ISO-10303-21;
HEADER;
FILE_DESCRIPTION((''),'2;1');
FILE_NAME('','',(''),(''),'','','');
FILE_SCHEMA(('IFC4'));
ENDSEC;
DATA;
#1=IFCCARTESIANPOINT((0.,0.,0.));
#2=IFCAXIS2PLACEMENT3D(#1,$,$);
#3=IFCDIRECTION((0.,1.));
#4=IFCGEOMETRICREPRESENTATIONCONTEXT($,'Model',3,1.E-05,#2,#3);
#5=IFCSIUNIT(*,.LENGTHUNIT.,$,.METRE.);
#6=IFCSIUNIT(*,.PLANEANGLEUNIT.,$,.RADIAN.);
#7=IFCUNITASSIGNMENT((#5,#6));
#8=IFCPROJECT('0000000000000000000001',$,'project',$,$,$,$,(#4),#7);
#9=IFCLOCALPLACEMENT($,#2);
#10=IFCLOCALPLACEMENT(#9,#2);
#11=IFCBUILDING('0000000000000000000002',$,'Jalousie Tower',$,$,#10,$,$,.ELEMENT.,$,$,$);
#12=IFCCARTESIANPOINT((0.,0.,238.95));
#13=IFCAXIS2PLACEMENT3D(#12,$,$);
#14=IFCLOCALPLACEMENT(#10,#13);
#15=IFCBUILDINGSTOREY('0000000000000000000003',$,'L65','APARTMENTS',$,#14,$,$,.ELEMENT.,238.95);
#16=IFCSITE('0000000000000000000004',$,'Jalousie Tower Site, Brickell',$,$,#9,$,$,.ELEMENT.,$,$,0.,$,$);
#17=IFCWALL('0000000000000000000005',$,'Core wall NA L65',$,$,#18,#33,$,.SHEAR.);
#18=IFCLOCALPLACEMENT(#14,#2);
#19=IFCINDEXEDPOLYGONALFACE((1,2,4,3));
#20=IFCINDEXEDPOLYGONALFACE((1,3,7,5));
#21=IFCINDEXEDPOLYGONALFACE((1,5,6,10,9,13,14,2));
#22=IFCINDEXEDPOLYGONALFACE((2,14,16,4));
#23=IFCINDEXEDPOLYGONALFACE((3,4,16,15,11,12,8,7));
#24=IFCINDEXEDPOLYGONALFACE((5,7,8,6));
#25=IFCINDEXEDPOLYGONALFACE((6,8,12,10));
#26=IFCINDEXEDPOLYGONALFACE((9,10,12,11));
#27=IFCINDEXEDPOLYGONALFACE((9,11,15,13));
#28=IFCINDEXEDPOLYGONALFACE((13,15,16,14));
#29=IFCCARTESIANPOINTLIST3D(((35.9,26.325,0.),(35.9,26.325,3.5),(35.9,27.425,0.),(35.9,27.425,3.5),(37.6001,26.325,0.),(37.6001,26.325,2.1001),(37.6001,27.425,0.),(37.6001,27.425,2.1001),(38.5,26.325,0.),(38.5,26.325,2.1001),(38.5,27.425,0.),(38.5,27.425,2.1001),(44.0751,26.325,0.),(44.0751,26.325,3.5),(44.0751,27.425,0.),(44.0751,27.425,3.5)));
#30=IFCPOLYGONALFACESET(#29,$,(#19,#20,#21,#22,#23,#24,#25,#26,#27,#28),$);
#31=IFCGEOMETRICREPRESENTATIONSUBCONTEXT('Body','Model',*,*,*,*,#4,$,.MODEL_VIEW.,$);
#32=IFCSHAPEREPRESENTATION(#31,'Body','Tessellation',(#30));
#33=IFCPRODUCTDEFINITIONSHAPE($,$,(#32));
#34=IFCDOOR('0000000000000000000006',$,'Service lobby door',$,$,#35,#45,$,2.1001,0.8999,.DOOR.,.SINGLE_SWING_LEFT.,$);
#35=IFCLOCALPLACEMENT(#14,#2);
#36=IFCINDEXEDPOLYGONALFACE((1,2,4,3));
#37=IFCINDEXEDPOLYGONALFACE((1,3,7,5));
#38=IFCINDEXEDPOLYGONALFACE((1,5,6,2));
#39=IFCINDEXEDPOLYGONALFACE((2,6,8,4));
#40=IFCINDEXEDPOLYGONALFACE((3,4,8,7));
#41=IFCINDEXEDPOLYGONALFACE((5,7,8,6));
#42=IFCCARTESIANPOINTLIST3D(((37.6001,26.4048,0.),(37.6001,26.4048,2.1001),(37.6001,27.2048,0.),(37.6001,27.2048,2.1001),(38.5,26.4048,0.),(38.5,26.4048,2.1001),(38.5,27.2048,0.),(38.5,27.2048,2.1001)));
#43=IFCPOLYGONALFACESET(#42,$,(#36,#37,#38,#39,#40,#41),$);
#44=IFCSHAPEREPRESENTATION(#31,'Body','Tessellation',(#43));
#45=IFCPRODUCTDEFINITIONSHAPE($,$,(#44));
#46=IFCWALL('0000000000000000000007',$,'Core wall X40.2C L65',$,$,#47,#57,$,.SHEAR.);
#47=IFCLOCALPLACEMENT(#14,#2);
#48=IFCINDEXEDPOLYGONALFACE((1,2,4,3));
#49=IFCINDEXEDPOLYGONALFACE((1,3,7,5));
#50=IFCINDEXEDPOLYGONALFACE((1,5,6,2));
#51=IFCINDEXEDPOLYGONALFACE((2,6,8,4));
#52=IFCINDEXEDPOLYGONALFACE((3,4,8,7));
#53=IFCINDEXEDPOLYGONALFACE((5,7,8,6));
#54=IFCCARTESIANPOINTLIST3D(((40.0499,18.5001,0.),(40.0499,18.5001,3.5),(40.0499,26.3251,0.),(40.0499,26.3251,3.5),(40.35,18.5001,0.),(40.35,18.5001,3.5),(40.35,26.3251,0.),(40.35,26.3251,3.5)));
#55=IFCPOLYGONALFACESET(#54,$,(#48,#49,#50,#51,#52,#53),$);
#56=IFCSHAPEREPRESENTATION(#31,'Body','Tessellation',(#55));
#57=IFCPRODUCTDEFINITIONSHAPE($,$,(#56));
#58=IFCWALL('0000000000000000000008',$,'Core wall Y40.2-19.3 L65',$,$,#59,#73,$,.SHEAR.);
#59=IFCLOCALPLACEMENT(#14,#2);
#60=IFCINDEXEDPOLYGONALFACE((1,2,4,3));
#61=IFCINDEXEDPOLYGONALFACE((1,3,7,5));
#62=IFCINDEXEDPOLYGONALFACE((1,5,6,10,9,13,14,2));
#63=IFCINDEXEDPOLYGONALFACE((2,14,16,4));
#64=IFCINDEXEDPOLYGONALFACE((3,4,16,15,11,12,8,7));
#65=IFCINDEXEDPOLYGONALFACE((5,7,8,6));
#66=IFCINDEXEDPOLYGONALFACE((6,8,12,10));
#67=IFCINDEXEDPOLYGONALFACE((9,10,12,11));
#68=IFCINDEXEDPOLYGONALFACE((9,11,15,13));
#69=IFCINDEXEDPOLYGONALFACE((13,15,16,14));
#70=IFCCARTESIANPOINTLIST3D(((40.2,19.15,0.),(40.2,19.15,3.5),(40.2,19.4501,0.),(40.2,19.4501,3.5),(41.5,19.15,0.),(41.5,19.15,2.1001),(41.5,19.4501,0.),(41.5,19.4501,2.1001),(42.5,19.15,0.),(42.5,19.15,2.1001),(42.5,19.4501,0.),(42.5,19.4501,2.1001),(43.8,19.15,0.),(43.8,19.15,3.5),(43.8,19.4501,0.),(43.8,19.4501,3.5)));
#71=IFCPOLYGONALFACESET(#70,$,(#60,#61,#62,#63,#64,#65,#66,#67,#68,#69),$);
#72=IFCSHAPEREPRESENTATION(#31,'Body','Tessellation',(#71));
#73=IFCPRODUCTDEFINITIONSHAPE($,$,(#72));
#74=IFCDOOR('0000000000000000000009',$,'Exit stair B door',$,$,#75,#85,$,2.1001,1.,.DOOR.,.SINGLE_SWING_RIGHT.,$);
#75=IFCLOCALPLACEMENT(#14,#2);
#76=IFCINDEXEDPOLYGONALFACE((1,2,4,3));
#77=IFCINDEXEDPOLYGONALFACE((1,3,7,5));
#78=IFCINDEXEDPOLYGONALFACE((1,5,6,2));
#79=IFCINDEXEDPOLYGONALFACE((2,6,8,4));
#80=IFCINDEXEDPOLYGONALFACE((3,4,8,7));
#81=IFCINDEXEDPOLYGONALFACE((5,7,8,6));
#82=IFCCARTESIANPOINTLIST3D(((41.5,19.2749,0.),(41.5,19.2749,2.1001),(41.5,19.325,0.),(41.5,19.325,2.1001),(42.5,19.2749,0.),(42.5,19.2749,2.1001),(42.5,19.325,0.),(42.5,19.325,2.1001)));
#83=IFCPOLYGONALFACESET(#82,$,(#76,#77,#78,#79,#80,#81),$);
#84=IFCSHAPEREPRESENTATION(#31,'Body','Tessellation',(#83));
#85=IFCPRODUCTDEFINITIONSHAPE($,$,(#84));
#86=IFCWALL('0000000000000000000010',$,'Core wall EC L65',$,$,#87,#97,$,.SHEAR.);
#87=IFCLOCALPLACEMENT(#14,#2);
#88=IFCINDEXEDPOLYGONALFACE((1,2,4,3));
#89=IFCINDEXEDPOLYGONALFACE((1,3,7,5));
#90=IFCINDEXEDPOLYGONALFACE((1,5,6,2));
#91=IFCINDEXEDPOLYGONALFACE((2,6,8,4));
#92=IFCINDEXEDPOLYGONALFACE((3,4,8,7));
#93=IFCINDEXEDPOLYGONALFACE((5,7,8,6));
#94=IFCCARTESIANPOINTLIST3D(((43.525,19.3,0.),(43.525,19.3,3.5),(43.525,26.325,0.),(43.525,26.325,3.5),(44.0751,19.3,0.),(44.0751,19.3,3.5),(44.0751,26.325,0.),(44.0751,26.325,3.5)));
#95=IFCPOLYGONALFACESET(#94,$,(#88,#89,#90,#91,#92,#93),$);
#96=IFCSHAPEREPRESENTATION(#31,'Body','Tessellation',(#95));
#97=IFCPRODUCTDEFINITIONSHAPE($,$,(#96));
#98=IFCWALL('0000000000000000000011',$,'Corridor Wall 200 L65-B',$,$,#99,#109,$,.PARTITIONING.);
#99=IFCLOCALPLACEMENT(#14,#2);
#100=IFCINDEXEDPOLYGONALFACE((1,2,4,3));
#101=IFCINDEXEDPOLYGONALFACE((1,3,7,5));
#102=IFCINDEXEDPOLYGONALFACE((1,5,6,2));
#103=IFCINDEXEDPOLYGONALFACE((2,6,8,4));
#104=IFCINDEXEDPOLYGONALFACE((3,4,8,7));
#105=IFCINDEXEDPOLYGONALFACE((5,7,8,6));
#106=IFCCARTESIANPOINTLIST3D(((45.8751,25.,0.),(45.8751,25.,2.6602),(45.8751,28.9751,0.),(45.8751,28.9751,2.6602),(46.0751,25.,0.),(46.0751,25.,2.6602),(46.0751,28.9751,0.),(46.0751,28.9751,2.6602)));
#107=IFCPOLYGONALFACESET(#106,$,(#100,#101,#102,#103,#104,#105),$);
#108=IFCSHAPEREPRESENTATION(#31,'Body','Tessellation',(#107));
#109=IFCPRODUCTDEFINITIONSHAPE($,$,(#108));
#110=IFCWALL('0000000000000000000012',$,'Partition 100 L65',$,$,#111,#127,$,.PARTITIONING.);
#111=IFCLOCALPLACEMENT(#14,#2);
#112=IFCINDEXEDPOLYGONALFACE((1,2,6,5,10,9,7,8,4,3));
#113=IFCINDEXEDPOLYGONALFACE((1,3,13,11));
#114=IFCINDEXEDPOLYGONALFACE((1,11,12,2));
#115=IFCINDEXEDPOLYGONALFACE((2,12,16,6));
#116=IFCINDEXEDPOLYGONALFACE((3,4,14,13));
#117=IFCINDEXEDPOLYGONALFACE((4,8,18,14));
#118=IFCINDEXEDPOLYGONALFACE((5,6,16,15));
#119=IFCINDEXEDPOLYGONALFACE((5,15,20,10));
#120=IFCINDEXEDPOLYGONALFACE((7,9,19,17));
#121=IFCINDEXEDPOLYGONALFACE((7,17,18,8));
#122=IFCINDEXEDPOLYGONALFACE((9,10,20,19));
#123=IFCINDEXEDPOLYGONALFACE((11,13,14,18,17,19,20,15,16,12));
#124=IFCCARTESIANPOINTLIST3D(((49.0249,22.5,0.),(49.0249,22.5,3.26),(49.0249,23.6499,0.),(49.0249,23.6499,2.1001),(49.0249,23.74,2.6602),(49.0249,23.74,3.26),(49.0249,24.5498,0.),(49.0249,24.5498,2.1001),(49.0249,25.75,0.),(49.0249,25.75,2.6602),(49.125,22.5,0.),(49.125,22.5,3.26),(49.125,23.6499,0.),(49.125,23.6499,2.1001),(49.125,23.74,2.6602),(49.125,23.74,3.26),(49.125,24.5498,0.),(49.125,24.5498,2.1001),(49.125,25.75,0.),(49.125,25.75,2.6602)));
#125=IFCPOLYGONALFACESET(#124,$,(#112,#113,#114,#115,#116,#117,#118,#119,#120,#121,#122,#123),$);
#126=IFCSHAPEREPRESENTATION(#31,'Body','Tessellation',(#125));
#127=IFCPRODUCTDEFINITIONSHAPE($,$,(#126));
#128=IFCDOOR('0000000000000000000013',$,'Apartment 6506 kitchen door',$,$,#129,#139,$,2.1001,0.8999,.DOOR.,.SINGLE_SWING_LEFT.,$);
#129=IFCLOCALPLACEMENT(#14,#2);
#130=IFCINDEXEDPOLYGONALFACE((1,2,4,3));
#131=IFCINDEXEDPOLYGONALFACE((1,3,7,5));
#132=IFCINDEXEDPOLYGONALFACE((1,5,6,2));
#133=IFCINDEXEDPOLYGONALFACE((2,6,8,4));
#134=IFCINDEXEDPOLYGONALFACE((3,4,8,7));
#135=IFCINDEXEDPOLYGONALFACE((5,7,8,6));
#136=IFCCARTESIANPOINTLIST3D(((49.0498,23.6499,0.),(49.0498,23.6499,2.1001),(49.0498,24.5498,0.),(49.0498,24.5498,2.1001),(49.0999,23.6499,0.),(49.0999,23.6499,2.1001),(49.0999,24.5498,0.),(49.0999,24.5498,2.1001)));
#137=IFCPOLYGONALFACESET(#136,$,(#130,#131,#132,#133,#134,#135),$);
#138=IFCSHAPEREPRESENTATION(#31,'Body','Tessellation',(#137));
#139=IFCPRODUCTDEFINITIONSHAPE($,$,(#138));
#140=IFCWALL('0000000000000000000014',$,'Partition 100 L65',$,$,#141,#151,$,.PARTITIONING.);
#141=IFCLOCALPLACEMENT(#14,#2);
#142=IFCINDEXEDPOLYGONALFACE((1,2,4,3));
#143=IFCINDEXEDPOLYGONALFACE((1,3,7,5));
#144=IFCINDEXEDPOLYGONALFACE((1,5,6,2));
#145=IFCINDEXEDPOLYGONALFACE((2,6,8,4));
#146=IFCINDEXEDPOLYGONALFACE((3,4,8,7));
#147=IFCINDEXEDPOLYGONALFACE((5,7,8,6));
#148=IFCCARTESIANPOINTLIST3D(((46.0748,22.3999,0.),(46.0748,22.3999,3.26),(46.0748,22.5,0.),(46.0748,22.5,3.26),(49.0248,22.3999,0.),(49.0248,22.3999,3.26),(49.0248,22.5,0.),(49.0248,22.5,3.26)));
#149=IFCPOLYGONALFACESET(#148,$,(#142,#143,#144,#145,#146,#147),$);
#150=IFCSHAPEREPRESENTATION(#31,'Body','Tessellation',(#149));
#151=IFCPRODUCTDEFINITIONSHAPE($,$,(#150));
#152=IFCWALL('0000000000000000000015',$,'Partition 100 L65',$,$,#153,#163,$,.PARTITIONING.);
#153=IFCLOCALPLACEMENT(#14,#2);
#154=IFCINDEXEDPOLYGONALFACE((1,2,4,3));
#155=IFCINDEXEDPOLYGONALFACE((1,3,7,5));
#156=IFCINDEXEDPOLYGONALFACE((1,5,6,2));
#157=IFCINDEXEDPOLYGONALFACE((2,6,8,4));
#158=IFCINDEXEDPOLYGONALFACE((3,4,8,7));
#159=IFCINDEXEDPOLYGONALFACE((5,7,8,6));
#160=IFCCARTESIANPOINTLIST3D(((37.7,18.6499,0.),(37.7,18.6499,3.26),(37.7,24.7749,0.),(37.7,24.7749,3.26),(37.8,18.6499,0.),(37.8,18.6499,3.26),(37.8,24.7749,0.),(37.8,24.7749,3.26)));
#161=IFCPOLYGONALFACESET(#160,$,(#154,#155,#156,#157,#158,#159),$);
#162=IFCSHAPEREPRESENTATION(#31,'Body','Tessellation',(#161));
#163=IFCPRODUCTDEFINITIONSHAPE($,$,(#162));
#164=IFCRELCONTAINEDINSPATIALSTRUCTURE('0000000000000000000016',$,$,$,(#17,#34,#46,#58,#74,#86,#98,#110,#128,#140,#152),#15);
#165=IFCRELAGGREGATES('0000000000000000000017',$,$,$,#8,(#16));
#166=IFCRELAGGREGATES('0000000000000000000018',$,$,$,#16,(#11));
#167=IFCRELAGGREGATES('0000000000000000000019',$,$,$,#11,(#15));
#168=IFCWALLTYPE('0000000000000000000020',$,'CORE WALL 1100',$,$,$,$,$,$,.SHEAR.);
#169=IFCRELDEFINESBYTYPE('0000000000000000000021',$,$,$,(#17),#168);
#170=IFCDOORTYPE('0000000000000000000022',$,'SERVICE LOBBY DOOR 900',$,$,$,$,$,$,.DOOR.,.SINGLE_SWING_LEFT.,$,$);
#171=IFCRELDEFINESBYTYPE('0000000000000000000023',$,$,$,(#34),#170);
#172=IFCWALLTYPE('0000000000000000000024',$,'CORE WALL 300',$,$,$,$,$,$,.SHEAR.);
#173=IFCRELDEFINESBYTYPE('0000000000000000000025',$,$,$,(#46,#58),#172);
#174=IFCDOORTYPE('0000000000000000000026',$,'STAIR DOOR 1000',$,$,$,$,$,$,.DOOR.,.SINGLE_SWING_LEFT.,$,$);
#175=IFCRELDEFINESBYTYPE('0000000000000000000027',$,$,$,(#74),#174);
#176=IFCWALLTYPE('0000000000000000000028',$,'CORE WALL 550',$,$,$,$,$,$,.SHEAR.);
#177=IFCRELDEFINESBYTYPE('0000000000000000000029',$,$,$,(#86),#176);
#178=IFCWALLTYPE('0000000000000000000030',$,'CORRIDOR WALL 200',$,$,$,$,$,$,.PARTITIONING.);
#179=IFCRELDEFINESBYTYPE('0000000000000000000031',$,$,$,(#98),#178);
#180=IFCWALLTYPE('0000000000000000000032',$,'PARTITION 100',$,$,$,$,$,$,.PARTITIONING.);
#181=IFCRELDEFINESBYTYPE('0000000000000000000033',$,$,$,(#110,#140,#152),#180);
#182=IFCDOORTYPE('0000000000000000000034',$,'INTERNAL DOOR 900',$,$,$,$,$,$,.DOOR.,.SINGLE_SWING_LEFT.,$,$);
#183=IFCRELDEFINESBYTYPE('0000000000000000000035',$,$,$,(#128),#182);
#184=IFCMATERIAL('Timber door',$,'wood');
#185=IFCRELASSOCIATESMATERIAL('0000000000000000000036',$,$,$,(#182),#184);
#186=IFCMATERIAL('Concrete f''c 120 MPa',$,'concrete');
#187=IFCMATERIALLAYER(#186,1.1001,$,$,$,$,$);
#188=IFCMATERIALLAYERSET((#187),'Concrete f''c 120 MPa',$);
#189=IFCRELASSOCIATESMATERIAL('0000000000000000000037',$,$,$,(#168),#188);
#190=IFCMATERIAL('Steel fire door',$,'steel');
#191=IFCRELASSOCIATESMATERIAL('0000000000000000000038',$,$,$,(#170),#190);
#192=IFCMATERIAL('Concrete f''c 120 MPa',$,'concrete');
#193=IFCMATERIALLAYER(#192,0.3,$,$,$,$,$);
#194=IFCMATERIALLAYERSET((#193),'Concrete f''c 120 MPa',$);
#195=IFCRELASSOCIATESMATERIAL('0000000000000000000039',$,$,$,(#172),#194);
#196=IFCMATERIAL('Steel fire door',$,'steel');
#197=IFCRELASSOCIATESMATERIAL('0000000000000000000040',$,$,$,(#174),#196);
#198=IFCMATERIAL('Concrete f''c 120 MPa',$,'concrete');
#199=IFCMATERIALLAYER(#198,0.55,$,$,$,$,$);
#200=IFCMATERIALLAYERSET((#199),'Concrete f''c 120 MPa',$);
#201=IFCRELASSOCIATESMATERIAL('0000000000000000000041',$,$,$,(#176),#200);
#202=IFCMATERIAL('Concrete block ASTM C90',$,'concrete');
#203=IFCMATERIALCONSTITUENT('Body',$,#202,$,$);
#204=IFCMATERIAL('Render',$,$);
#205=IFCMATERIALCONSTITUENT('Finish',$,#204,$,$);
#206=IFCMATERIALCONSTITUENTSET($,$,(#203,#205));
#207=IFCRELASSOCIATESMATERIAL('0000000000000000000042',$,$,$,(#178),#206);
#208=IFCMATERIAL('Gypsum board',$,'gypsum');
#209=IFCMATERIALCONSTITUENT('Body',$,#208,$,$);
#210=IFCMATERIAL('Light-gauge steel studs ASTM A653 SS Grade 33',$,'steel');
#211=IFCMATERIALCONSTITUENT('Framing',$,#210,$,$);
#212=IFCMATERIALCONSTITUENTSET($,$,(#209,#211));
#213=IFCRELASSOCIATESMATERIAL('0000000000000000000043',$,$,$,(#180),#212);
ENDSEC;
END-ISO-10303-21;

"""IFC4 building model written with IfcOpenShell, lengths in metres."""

from ifc_helpers import new_model, si_unit, direction, frame, frame_2d, origin, place, context, subcontext, project, spatial, polyline, rectangle, outline, extrude, material, layer, layer_set, constituent, constituent_set, type_object, element, fill, save


model = new_model("IFC4")

# Units and contexts
model_context = context("Model", 3, precision=1e-05, world=origin(), true_north=direction((0.0, 1.0)))
body_context = subcontext(model_context, "Body", "Model", "MODEL_VIEW")
ifc_project = project(units=[si_unit("LENGTHUNIT", "METRE"), si_unit("PLANEANGLEUNIT", "RADIAN")], contexts=[model_context])

# Site, building, storey
site_placement = place(None, origin())
site = spatial("IfcSite", under=ifc_project, at=site_placement, Name="Jalousie Tower Site, Brickell", CompositionType="ELEMENT", RefElevation=0.0)
building_placement = place(site_placement, origin())
building = spatial("IfcBuilding", under=site, at=building_placement, Name="Jalousie Tower", CompositionType="ELEMENT")
storey_placement = place(building_placement, frame((0.0, 0.0, 238.95)))
storey = spatial("IfcBuildingStorey", under=building, at=storey_placement, Name="L65", Description="APARTMENTS", CompositionType="ELEMENT", Elevation=238.95)

# Shared definitions
ifc_material_1 = material(Name="Timber door", Category="wood")
door_type_1 = type_object("IfcDoorType", Name="INTERNAL DOOR 900", OperationType="SINGLE_SWING_LEFT", PredefinedType="DOOR", material=ifc_material_1)

# Wall, opening, door
ifc_material_2 = material(Name="Concrete f'c 120 MPa", Category="concrete")
ifc_layer_1 = layer(ifc_material_2, 1.1001)
ifc_layer_set_1 = layer_set([ifc_layer_1], Name="Concrete f'c 120 MPa")
wall_type_1 = type_object("IfcWallType", Name="CORE WALL 1100", PredefinedType="SHEAR", material=ifc_layer_set_1)
wall_1_placement = place(storey_placement, frame((44.075, 26.875, 0.0), z_axis=(0.0, 0.0, 1.0), x_axis=(-1.0, 0.0, 0.0)))
wall_1 = element("IfcWall", 1, at=wall_1_placement, inside=storey, type_object=wall_type_1, Name="Core wall NA L65", PredefinedType="SHEAR", context=body_context, shape_type="SweptSolid", body=[
    extrude(rectangle(XDim=8.175, YDim=1.1001, at=frame_2d((4.0874, 0.0))), origin(), (0.0, 0.0, 1.0), 3.5),
])
opening_1_placement = place(wall_1_placement, frame((5.575, 0.0, 0.0)))
opening_1 = element("IfcOpeningElement", 2, at=opening_1_placement, cuts=wall_1, PredefinedType="OPENING", context=body_context, shape_type="SweptSolid", body=[
    extrude(rectangle(XDim=0.8999, YDim=2.1001, at=frame_2d((0.45, 1.05))), frame((0.0, 0.5601, 0.0), z_axis=(0.0, -1.0, 0.0), x_axis=(1.0, 0.0, 0.0)), (0.0, 0.0, 1.0), 1.1201),
])
ifc_material_3 = material(Name="Steel fire door", Category="steel")
door_type_2 = type_object("IfcDoorType", Name="SERVICE LOBBY DOOR 900", OperationType="SINGLE_SWING_LEFT", PredefinedType="DOOR", material=ifc_material_3)
door_1_placement = place(opening_1_placement, origin())
door_1 = element("IfcDoor", 3, at=door_1_placement, inside=storey, type_object=door_type_2, Name="Service lobby door", OperationType="SINGLE_SWING_LEFT", OverallHeight=2.1001, OverallWidth=0.8999, PredefinedType="DOOR", context=body_context, shape_type="SweptSolid", body=[
    extrude(rectangle(XDim=0.8999, YDim=2.1001, at=frame_2d((0.45, 1.05))), frame((0.0, 0.4702, 0.0), z_axis=(0.0, -1.0, 0.0), x_axis=(1.0, 0.0, 0.0)), (0.0, 0.0, 1.0), 0.8),
])
fill(opening_1, door_1)

# Wall
ifc_material_4 = material(Name="Concrete f'c 120 MPa", Category="concrete")
ifc_layer_2 = layer(ifc_material_4, 0.3)
ifc_layer_set_2 = layer_set([ifc_layer_2], Name="Concrete f'c 120 MPa")
wall_type_2 = type_object("IfcWallType", Name="CORE WALL 300", PredefinedType="SHEAR", material=ifc_layer_set_2)
wall_2_placement = place(storey_placement, frame((40.2, 18.5, 0.0), z_axis=(0.0, 0.0, 1.0), x_axis=(0.0, 1.0, 0.0)))
element("IfcWall", 4, at=wall_2_placement, inside=storey, type_object=wall_type_2, Name="Core wall X40.2C L65", PredefinedType="SHEAR", context=body_context, shape_type="SweptSolid", body=[
    extrude(rectangle(XDim=7.825, YDim=0.3, at=frame_2d((3.9126, 0.0))), origin(), (0.0, 0.0, 1.0), 3.5),
])

# Wall, opening, door
wall_3_placement = place(storey_placement, frame((40.2, 19.3, 0.0), z_axis=(0.0, 0.0, 1.0), x_axis=(1.0, 0.0, 0.0)))
wall_3 = element("IfcWall", 5, at=wall_3_placement, inside=storey, type_object=wall_type_2, Name="Core wall Y40.2-19.3 L65", PredefinedType="SHEAR", context=body_context, shape_type="SweptSolid", body=[
    extrude(rectangle(XDim=3.6001, YDim=0.3, at=frame_2d((1.8, 0.0))), origin(), (0.0, 0.0, 1.0), 3.5),
])
opening_2_placement = place(wall_3_placement, frame((1.3, 0.0, 0.0)))
opening_2 = element("IfcOpeningElement", 6, at=opening_2_placement, cuts=wall_3, PredefinedType="OPENING", context=body_context, shape_type="SweptSolid", body=[
    extrude(rectangle(XDim=1.0, YDim=2.1001, at=frame_2d((0.5, 1.05))), frame((0.0, 0.1599, 0.0), z_axis=(0.0, -1.0, 0.0), x_axis=(1.0, 0.0, 0.0)), (0.0, 0.0, 1.0), 0.3201),
])
ifc_material_5 = material(Name="Steel fire door", Category="steel")
door_type_3 = type_object("IfcDoorType", Name="STAIR DOOR 1000", OperationType="SINGLE_SWING_LEFT", PredefinedType="DOOR", material=ifc_material_5)
door_2_placement = place(opening_2_placement, origin())
door_2 = element("IfcDoor", 7, at=door_2_placement, inside=storey, type_object=door_type_3, Name="Exit stair B door", OperationType="SINGLE_SWING_RIGHT", OverallHeight=2.1001, OverallWidth=1.0, PredefinedType="DOOR", context=body_context, shape_type="SweptSolid", body=[
    extrude(rectangle(XDim=1.0, YDim=2.1001, at=frame_2d((0.5, 1.05))), frame((0.0, 0.0249, 0.0), z_axis=(0.0, -1.0, 0.0), x_axis=(1.0, 0.0, 0.0)), (0.0, 0.0, 1.0), 0.05),
])
fill(opening_2, door_2)

# Walls
ifc_material_6 = material(Name="Concrete f'c 120 MPa", Category="concrete")
ifc_layer_3 = layer(ifc_material_6, 0.55)
ifc_layer_set_3 = layer_set([ifc_layer_3], Name="Concrete f'c 120 MPa")
wall_type_3 = type_object("IfcWallType", Name="CORE WALL 550", PredefinedType="SHEAR", material=ifc_layer_set_3)
wall_4_placement = place(storey_placement, frame((43.8, 19.3, 0.0), z_axis=(0.0, 0.0, 1.0), x_axis=(0.0, 1.0, 0.0)))
element("IfcWall", 8, at=wall_4_placement, inside=storey, type_object=wall_type_3, Name="Core wall EC L65", PredefinedType="SHEAR", context=body_context, shape_type="SweptSolid", body=[
    extrude(rectangle(XDim=7.0249, YDim=0.55, at=frame_2d((3.5125, 0.0))), origin(), (0.0, 0.0, 1.0), 3.5),
])
ifc_material_7 = material(Name="Concrete block ASTM C90", Category="concrete")
ifc_constituent_1 = constituent(ifc_material_7, Name="Body")
ifc_material_8 = material(Name="Render")
ifc_constituent_2 = constituent(ifc_material_8, Name="Finish")
ifc_constituent_set_1 = constituent_set(constituents=[ifc_constituent_1, ifc_constituent_2])
wall_type_4 = type_object("IfcWallType", Name="CORRIDOR WALL 200", PredefinedType="PARTITIONING", material=ifc_constituent_set_1)
wall_5_placement = place(storey_placement, frame((45.9751, 25.0, 0.0), z_axis=(0.0, 0.0, 1.0), x_axis=(0.0, 1.0, 0.0)))
element("IfcWall", 9, at=wall_5_placement, inside=storey, type_object=wall_type_4, Name="Corridor Wall 200 L65-B", PredefinedType="PARTITIONING", context=body_context, shape_type="SweptSolid", body=[
    extrude(rectangle(XDim=3.9751, YDim=0.2, at=frame_2d((1.9875, 0.0))), origin(), (0.0, 0.0, 1.0), 2.6602),
])

# Wall, opening, door
ifc_material_9 = material(Name="Gypsum board", Category="gypsum")
ifc_constituent_3 = constituent(ifc_material_9, Name="Body")
ifc_material_10 = material(Name="Light-gauge steel studs ASTM A653 SS Grade 33", Category="steel")
ifc_constituent_4 = constituent(ifc_material_10, Name="Framing")
ifc_constituent_set_2 = constituent_set(constituents=[ifc_constituent_3, ifc_constituent_4])
wall_type_5 = type_object("IfcWallType", Name="PARTITION 100", PredefinedType="PARTITIONING", material=ifc_constituent_set_2)
wall_6_placement = place(storey_placement, frame((49.075, 22.5, 0.0), z_axis=(0.0, 0.0, 1.0), x_axis=(0.0, 1.0, 0.0)))
wall_6 = element("IfcWall", 10, at=wall_6_placement, inside=storey, type_object=wall_type_5, Name="Partition 100 L65", PredefinedType="PARTITIONING", context=body_context, shape_type="SweptSolid", body=[
    extrude(outline(polyline([(0.0, 0.0), (3.25, 0.0), (3.25, 3.26), (3.25, 2.6602), (1.24, 2.6602), (1.24, 3.26), (0.0, 3.26), (0.0, 0.0)])), frame((0.0, 0.05, 0.0), z_axis=(0.0, -1.0, 0.0), x_axis=(1.0, 0.0, 0.0)), (0.0, 0.0, 1.0), 0.1001),
])
opening_3_placement = place(wall_6_placement, frame((1.1499, 0.0, 0.0)))
opening_3 = element("IfcOpeningElement", 11, at=opening_3_placement, cuts=wall_6, PredefinedType="OPENING", context=body_context, shape_type="SweptSolid", body=[
    extrude(rectangle(XDim=0.8999, YDim=2.1001, at=frame_2d((0.45, 1.05))), frame((0.0, 0.0601, 0.0), z_axis=(0.0, -1.0, 0.0), x_axis=(1.0, 0.0, 0.0)), (0.0, 0.0, 1.0), 0.1201),
])
door_3_placement = place(opening_3_placement, frame((0.8999, 0.0, 0.0), z_axis=(0.0, 0.0, 1.0), x_axis=(-1.0, 0.0, 0.0)))
door_3 = element("IfcDoor", 12, at=door_3_placement, inside=storey, type_object=door_type_1, Name="Apartment 6506 kitchen door", OperationType="SINGLE_SWING_LEFT", OverallHeight=2.1001, OverallWidth=0.8999, PredefinedType="DOOR", context=body_context, shape_type="SweptSolid", body=[
    extrude(rectangle(XDim=0.8999, YDim=2.1001, at=frame_2d((0.45, 1.05))), frame((0.0, 0.0249, 0.0), z_axis=(0.0, -1.0, 0.0), x_axis=(1.0, 0.0, 0.0)), (0.0, 0.0, 1.0), 0.05),
])
fill(opening_3, door_3)

# Walls
wall_7_placement = place(storey_placement, frame((49.0249, 22.45, 0.0), z_axis=(0.0, 0.0, 1.0), x_axis=(-1.0, 0.0, 0.0)))
element("IfcWall", 13, at=wall_7_placement, inside=storey, type_object=wall_type_5, Name="Partition 100 L65", PredefinedType="PARTITIONING", context=body_context, shape_type="SweptSolid", body=[
    extrude(rectangle(XDim=2.95, YDim=0.1001, at=frame_2d((1.4751, 0.0))), origin(), (0.0, 0.0, 1.0), 3.26),
])
wall_8_placement = place(storey_placement, frame((37.75, 18.6499, 0.0), z_axis=(0.0, 0.0, 1.0), x_axis=(0.0, 1.0, 0.0)))
element("IfcWall", 14, at=wall_8_placement, inside=storey, type_object=wall_type_5, Name="Partition 100 L65", PredefinedType="PARTITIONING", context=body_context, shape_type="SweptSolid", body=[
    extrude(rectangle(XDim=6.125, YDim=0.1001, at=frame_2d((3.0625, 0.0))), origin(), (0.0, 0.0, 1.0), 3.26),
])

save(model, "model.ifc")
